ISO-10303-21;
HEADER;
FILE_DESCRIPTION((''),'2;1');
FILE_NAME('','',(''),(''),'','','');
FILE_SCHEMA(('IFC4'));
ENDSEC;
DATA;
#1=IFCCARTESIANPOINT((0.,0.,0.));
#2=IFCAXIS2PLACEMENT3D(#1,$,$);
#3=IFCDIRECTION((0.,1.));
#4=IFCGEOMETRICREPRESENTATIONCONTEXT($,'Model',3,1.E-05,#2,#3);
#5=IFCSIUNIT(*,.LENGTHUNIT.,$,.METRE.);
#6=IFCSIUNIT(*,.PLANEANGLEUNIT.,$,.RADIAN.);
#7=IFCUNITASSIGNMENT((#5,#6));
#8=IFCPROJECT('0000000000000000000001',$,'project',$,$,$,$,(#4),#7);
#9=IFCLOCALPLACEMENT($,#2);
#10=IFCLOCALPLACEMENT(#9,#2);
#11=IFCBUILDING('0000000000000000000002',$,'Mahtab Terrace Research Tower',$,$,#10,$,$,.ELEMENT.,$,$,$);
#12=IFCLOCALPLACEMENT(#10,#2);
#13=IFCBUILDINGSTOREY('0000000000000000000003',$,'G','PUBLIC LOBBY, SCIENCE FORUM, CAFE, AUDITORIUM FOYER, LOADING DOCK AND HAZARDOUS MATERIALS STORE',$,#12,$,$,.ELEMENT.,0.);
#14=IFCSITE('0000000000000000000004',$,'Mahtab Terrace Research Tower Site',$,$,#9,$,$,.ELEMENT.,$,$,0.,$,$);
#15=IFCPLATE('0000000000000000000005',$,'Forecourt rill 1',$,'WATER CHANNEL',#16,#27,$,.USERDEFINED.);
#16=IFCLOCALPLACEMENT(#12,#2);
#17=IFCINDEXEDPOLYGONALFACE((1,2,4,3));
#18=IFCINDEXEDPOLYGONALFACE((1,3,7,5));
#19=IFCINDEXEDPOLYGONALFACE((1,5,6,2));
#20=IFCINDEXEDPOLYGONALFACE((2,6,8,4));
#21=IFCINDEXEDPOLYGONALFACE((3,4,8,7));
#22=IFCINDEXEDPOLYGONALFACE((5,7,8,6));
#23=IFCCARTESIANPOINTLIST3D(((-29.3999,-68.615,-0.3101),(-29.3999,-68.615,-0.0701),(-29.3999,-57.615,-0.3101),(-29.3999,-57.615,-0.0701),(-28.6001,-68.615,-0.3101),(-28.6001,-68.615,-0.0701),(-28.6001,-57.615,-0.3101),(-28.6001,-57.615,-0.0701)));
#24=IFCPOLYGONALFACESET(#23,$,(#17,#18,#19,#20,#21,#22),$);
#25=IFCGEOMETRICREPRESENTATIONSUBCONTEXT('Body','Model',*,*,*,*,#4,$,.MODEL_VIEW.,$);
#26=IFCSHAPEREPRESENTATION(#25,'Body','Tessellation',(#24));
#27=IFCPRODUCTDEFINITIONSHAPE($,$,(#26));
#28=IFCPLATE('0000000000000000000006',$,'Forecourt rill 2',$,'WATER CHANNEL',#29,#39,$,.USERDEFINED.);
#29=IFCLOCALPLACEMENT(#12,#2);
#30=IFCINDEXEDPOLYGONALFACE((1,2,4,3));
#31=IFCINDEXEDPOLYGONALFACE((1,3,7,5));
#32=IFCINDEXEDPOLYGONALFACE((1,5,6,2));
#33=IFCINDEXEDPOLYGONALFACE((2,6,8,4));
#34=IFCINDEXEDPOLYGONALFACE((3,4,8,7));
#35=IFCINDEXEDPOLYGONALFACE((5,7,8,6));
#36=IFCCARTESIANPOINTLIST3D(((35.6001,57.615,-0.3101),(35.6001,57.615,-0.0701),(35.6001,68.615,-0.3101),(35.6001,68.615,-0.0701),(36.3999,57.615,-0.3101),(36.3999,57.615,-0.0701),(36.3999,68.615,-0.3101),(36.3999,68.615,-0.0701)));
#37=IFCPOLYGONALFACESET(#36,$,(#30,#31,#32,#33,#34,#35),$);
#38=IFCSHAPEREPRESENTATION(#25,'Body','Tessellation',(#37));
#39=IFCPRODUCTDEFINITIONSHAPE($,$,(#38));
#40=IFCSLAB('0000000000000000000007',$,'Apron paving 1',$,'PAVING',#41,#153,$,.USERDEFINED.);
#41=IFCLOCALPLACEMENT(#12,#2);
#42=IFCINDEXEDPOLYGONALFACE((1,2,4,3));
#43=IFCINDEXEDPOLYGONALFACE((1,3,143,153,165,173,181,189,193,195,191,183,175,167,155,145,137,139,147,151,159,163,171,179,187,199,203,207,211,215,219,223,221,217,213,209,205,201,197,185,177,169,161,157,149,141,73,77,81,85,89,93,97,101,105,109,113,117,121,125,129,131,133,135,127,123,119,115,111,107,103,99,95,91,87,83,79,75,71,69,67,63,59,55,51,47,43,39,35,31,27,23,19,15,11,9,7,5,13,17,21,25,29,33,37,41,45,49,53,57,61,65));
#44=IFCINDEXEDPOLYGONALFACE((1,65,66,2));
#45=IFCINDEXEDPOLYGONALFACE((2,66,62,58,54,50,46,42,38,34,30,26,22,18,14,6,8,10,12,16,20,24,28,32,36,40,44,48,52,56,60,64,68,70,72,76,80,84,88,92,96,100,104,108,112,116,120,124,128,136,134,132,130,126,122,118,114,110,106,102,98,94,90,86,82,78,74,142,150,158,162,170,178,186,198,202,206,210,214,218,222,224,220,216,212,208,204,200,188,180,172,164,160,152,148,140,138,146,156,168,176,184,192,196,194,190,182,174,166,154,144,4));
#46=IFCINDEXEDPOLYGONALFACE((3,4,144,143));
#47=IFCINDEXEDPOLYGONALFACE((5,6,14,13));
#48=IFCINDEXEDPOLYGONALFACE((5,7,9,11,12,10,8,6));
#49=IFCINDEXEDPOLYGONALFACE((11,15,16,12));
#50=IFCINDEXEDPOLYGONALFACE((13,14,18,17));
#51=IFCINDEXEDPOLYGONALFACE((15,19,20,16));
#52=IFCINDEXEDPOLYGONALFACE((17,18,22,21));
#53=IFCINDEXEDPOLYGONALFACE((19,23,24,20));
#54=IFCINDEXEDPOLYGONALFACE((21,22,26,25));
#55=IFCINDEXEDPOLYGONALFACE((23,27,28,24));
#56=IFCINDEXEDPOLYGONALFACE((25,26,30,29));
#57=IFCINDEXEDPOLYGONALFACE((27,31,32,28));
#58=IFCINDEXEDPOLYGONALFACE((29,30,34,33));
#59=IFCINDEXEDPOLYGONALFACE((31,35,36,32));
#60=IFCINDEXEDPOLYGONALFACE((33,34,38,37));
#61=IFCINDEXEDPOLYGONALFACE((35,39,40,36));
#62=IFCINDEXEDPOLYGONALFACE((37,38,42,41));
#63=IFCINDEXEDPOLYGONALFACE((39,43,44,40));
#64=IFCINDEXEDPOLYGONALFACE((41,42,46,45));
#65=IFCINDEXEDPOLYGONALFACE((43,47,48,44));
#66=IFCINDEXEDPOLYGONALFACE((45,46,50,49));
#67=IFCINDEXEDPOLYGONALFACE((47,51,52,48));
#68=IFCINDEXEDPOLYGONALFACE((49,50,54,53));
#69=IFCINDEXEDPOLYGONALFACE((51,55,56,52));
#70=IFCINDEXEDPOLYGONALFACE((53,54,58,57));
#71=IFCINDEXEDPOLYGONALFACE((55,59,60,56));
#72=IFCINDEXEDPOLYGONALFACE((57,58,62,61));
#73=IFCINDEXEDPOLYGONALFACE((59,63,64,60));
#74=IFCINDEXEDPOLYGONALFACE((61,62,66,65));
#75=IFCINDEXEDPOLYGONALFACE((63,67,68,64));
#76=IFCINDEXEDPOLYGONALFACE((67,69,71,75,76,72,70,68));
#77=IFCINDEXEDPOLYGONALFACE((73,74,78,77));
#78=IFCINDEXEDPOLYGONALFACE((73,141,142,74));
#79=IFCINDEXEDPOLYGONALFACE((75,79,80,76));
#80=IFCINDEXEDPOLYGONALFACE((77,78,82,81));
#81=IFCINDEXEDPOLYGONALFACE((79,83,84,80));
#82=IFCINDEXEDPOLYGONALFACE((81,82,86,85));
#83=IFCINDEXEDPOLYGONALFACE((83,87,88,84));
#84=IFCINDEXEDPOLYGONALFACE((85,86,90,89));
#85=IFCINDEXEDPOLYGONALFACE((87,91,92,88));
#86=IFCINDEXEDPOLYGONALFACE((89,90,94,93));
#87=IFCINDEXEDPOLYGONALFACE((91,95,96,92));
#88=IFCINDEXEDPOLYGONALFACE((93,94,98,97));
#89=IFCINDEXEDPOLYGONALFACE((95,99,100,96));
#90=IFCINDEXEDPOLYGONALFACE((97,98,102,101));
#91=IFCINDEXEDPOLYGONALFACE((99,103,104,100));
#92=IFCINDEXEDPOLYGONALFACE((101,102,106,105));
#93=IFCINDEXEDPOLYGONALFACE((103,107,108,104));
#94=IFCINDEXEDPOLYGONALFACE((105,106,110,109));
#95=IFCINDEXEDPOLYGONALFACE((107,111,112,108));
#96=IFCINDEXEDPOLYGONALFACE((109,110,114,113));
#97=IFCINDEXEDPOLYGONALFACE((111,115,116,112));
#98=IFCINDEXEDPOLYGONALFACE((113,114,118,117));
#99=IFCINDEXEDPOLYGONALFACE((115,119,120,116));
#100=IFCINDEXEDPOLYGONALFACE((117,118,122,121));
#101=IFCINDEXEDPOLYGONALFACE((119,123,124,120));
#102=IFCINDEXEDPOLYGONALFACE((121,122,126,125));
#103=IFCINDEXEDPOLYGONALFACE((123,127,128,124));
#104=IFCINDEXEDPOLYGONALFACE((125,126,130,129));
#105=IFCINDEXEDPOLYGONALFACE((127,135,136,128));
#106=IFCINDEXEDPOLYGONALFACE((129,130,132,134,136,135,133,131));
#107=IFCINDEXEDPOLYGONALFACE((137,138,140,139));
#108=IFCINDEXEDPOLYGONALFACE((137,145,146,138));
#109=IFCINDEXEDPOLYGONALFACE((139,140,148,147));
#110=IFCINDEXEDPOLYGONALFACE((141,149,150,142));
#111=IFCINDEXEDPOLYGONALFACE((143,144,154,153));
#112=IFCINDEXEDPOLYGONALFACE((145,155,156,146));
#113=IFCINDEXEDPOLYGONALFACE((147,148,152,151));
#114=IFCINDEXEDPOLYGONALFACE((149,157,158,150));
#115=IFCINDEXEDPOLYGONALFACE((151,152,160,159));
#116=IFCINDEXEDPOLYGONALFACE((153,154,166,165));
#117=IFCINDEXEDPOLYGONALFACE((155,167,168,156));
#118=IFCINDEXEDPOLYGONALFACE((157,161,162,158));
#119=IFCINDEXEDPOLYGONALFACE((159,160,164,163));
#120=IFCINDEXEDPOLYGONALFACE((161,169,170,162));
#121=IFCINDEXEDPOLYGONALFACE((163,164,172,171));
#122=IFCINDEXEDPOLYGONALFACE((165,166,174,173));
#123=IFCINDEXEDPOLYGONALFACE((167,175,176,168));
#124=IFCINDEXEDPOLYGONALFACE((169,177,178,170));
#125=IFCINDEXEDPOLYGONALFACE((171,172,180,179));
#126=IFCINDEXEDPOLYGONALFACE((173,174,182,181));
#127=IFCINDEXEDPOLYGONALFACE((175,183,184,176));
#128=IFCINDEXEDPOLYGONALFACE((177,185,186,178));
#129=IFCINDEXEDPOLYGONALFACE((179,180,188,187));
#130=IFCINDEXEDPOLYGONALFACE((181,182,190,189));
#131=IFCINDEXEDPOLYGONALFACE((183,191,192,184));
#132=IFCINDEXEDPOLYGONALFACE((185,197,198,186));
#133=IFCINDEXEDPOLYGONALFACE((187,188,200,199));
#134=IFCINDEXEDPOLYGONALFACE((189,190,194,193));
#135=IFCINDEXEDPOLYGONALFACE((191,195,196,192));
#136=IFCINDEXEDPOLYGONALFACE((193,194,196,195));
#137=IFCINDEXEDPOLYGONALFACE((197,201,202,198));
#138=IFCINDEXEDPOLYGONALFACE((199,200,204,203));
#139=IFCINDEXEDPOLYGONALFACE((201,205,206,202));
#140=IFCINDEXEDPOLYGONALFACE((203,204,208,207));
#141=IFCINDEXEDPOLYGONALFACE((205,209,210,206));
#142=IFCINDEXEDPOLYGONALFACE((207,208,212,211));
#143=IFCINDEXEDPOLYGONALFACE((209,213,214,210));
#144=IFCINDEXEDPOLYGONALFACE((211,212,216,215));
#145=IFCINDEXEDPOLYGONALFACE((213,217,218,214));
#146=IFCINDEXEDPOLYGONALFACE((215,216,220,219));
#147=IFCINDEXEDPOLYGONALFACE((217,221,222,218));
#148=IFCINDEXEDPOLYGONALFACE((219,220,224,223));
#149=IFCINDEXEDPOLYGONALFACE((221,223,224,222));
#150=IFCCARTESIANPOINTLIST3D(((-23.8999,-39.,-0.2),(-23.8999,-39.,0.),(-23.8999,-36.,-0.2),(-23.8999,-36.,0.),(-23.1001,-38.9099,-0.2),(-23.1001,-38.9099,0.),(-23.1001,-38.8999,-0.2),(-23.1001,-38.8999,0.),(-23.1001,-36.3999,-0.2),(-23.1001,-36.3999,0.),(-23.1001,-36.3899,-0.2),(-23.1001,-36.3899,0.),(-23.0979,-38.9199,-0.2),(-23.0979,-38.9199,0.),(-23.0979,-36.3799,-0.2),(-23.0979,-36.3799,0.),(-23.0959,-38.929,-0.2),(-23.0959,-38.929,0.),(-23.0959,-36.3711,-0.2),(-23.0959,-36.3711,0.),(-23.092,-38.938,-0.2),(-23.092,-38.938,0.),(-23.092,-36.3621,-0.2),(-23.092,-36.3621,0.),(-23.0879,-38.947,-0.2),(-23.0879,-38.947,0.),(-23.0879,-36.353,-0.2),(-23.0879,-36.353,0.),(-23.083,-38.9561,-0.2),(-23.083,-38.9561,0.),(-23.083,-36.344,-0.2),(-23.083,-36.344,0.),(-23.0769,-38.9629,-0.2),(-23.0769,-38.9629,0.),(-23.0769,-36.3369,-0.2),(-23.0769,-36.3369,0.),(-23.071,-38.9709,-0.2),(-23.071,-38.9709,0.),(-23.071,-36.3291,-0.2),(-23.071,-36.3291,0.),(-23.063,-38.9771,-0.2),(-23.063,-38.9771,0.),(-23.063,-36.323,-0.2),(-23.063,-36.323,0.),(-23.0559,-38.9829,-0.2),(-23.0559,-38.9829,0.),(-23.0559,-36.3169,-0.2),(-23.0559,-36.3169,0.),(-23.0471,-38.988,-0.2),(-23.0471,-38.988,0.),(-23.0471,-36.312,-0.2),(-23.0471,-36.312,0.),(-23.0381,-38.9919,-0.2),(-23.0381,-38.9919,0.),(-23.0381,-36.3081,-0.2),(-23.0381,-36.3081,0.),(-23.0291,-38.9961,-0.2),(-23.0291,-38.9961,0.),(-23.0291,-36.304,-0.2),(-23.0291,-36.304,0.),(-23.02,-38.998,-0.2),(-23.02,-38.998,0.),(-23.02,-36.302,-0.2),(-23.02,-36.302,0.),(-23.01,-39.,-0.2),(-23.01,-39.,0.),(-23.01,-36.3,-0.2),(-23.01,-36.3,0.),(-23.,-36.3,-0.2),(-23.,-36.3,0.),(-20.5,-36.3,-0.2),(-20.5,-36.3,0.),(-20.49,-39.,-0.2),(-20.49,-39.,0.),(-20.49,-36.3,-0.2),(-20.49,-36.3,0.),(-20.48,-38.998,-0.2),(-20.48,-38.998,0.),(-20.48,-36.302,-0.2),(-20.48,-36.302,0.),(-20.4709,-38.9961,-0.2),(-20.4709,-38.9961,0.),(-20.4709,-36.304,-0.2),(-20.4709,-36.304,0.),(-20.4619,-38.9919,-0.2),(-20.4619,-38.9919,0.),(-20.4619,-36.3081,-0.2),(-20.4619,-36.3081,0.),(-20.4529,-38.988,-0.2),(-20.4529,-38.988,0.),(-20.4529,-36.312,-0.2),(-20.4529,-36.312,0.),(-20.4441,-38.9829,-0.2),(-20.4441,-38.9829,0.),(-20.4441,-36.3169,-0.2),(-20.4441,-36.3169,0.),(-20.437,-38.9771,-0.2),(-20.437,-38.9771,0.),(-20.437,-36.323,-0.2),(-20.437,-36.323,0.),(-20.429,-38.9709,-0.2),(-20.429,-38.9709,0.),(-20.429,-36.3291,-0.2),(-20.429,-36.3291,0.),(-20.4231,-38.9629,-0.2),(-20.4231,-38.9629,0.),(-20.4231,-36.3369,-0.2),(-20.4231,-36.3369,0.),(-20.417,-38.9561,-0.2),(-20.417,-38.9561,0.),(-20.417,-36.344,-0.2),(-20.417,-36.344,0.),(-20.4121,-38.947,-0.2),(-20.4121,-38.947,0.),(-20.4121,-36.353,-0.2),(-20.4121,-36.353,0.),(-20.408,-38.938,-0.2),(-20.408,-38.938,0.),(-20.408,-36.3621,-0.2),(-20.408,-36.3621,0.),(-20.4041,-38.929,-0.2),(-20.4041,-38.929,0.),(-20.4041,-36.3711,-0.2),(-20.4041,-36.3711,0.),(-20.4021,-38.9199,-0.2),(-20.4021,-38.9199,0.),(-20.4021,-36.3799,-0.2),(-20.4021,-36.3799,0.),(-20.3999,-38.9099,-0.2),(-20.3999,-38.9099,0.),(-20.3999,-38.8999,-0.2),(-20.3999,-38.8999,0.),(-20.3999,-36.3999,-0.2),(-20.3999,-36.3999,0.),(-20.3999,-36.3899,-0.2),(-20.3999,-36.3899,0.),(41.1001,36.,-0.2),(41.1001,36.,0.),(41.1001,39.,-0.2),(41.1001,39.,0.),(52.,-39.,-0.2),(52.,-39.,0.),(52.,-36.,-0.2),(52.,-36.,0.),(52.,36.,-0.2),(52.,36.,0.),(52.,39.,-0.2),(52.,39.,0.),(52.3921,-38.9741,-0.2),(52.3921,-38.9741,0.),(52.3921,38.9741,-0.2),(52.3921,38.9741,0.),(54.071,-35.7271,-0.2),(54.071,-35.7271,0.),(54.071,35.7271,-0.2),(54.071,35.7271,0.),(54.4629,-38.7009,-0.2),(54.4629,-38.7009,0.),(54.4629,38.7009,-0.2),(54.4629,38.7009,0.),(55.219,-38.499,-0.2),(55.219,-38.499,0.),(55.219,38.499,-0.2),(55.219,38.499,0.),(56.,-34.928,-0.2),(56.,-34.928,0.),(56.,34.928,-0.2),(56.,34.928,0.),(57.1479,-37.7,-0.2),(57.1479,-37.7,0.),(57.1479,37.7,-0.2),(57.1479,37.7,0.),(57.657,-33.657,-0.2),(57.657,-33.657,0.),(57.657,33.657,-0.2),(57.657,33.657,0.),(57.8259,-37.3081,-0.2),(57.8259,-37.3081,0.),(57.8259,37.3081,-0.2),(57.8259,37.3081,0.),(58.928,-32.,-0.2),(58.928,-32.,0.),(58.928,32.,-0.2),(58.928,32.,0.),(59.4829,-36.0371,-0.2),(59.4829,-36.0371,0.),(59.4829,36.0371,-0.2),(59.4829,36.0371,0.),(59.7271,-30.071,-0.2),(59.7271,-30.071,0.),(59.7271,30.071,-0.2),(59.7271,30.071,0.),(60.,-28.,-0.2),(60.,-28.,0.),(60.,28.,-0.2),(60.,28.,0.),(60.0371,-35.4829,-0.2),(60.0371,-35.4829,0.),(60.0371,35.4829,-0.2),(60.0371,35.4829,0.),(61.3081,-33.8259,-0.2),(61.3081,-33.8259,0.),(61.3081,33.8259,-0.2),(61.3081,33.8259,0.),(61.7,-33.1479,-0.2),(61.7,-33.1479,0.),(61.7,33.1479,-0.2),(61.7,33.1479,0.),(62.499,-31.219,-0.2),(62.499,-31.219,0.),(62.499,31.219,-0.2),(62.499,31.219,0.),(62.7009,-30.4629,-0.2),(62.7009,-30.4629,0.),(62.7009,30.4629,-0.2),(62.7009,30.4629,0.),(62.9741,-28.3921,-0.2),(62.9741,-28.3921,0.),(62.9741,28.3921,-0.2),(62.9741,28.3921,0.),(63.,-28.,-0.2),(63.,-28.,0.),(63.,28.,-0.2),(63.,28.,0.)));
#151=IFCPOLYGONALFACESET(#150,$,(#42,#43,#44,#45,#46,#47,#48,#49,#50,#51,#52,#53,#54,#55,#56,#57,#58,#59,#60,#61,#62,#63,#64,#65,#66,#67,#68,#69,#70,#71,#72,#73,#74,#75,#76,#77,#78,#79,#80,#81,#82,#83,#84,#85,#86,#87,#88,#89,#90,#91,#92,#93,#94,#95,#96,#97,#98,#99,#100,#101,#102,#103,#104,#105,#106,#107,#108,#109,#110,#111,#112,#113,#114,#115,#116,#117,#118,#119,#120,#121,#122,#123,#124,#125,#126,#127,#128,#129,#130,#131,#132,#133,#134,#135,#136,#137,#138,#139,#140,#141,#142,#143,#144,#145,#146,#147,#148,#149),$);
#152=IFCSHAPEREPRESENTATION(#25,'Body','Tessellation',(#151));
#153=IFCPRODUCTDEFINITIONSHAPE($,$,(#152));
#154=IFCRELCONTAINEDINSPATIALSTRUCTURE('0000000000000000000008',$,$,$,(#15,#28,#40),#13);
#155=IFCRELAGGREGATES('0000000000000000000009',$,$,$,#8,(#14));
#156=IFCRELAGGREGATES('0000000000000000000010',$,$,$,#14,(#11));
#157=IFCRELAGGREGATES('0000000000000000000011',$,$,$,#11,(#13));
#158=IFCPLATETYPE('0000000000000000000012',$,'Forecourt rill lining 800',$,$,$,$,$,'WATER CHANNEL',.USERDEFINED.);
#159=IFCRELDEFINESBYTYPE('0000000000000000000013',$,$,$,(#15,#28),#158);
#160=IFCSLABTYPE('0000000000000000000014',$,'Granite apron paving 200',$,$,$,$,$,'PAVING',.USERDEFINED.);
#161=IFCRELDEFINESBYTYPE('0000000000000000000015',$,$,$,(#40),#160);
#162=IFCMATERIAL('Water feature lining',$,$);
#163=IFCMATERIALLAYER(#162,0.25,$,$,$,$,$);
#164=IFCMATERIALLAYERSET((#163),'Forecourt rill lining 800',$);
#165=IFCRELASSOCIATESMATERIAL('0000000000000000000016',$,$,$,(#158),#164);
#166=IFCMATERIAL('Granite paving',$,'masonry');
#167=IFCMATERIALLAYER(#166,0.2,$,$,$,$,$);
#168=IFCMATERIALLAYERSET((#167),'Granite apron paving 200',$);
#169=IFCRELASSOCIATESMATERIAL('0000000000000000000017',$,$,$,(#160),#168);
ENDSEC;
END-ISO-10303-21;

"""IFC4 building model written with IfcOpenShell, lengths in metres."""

from ifc_helpers import new_model, si_unit, direction, frame, origin, place, context, subcontext, project, spatial, polyline, outline, extrude, material, layer, layer_set, type_object, element, save


model = new_model("IFC4")

# Units and contexts
model_context = context("Model", 3, precision=1e-05, world=origin(), true_north=direction((0.0, 1.0)))
body_context = subcontext(model_context, "Body", "Model", "MODEL_VIEW")
ifc_project = project(units=[si_unit("LENGTHUNIT", "METRE"), si_unit("PLANEANGLEUNIT", "RADIAN")], contexts=[model_context])

# Site, building, storey
site_placement = place(None, origin())
site = spatial("IfcSite", under=ifc_project, at=site_placement, Name="Mahtab Terrace Research Tower Site", CompositionType="ELEMENT", RefElevation=0.0)
building_placement = place(site_placement, origin())
building = spatial("IfcBuilding", under=site, at=building_placement, Name="Mahtab Terrace Research Tower", CompositionType="ELEMENT")
storey_placement = place(building_placement, origin())
storey = spatial("IfcBuildingStorey", under=building, at=storey_placement, Name="G", Description="PUBLIC LOBBY, SCIENCE FORUM, CAFE, AUDITORIUM FOYER, LOADING DOCK AND HAZARDOUS MATERIALS STORE", CompositionType="ELEMENT", Elevation=0.0)

# Plates
ifc_material_1 = material(Name="Water feature lining")
ifc_layer_1 = layer(ifc_material_1, 0.25)
ifc_layer_set_1 = layer_set([ifc_layer_1], Name="Forecourt rill lining 800")
plate_type = type_object("IfcPlateType", Name="Forecourt rill lining 800", ElementType="WATER CHANNEL", PredefinedType="USERDEFINED", material=ifc_layer_set_1)
plate_1_placement = place(storey_placement, frame((0.0, 0.0, -0.3101)))
element("IfcPlate", 1, at=plate_1_placement, inside=storey, type_object=plate_type, Name="Forecourt rill 1", ObjectType="WATER CHANNEL", PredefinedType="USERDEFINED", context=body_context, shape_type="SweptSolid", body=[
    extrude(outline(polyline([(-29.3999, -68.615), (-29.3999, -57.615), (-28.6001, -57.615), (-28.6001, -68.615), (-29.3999, -68.615)])), origin(), (0.0, 0.0, 1.0), 0.24),
])
plate_2_placement = place(storey_placement, frame((0.0, 0.0, -0.3101)))
element("IfcPlate", 2, at=plate_2_placement, inside=storey, type_object=plate_type, Name="Forecourt rill 2", ObjectType="WATER CHANNEL", PredefinedType="USERDEFINED", context=body_context, shape_type="SweptSolid", body=[
    extrude(outline(polyline([(35.6001, 57.615), (35.6001, 68.615), (36.3999, 68.615), (36.3999, 57.615), (35.6001, 57.615)])), origin(), (0.0, 0.0, 1.0), 0.24),
])

# Slab
ifc_material_2 = material(Name="Granite paving", Category="masonry")
ifc_layer_2 = layer(ifc_material_2, 0.2)
ifc_layer_set_2 = layer_set([ifc_layer_2], Name="Granite apron paving 200")
slab_type_1 = type_object("IfcSlabType", Name="Granite apron paving 200", ElementType="PAVING", PredefinedType="USERDEFINED", material=ifc_layer_set_2)
slab_1_placement = place(storey_placement, frame((0.0, 0.0, -0.2)))
element("IfcSlab", 3, at=slab_1_placement, inside=storey, type_object=slab_type_1, Name="Apron paving 1", ObjectType="PAVING", PredefinedType="USERDEFINED", context=body_context, shape_type="SweptSolid", body=[
    extrude(outline(polyline([(63.0, 28.0), (63.0, -28.0), (62.9741, -28.3921), (62.7009, -30.4629), (62.499, -31.219), (61.7, -33.1479), (61.3081, -33.8259), (60.0371, -35.4829), (59.4829, -36.0371), (57.8259, -37.3081), (57.1479, -37.7), (55.219, -38.499), (54.4629, -38.7009), (52.3921, -38.9741), (52.0, -39.0), (-20.5, -39.0), (-20.49, -39.0), (-20.48, -38.998), (-20.4709, -38.9961), (-20.4619, -38.9919), (-20.4529, -38.988), (-20.4441, -38.9829), (-20.437, -38.9771), (-20.429, -38.9709), (-20.4231, -38.9629), (-20.417, -38.9561), (-20.4121, -38.947), (-20.408, -38.938), (-20.4041, -38.929), (-20.4021, -38.9199), (-20.3999, -38.9099), (-20.3999, -38.8999), (-20.3999, -36.3999), (-20.3999, -36.3899), (-20.4021, -36.3799), (-20.4041, -36.3711), (-20.408, -36.3621), (-20.4121, -36.353), (-20.417, -36.344), (-20.4231, -36.3369), (-20.429, -36.3291), (-20.437, -36.323), (-20.4441, -36.3169), (-20.4529, -36.312), (-20.4619, -36.3081), (-20.4709, -36.304), (-20.48, -36.302), (-20.49, -36.3), (-20.5, -36.3), (-23.0, -36.3), (-23.01, -36.3), (-23.02, -36.302), (-23.0291, -36.304), (-23.0381, -36.3081), (-23.0471, -36.312), (-23.0559, -36.3169), (-23.063, -36.323), (-23.071, -36.3291), (-23.0769, -36.3369), (-23.083, -36.344), (-23.0879, -36.353), (-23.092, -36.3621), (-23.0959, -36.3711), (-23.0979, -36.3799), (-23.1001, -36.3899), (-23.1001, -36.3999), (-23.1001, -38.8999), (-23.1001, -38.9099), (-23.0979, -38.9199), (-23.0959, -38.929), (-23.092, -38.938), (-23.0879, -38.947), (-23.083, -38.9561), (-23.0769, -38.9629), (-23.071, -38.9709), (-23.063, -38.9771), (-23.0559, -38.9829), (-23.0471, -38.988), (-23.0381, -38.9919), (-23.0291, -38.9961), (-23.02, -38.998), (-23.01, -39.0), (-23.0, -39.0), (-23.8999, -39.0), (-23.8999, -36.0), (52.0, -36.0), (54.071, -35.7271), (56.0, -34.928), (57.657, -33.657), (58.928, -32.0), (59.7271, -30.071), (60.0, -28.0), (60.0, 28.0), (59.7271, 30.071), (58.928, 32.0), (57.657, 33.657), (56.0, 34.928), (54.071, 35.7271), (52.0, 36.0), (41.1001, 36.0), (41.1001, 39.0), (52.0, 39.0), (52.3921, 38.9741), (54.4629, 38.7009), (55.219, 38.499), (57.1479, 37.7), (57.8259, 37.3081), (59.4829, 36.0371), (60.0371, 35.4829), (61.3081, 33.8259), (61.7, 33.1479), (62.499, 31.219), (62.7009, 30.4629), (62.9741, 28.3921), (63.0, 28.0)])), origin(), (0.0, 0.0, 1.0), 0.2),
])

save(model, "model.ifc")
